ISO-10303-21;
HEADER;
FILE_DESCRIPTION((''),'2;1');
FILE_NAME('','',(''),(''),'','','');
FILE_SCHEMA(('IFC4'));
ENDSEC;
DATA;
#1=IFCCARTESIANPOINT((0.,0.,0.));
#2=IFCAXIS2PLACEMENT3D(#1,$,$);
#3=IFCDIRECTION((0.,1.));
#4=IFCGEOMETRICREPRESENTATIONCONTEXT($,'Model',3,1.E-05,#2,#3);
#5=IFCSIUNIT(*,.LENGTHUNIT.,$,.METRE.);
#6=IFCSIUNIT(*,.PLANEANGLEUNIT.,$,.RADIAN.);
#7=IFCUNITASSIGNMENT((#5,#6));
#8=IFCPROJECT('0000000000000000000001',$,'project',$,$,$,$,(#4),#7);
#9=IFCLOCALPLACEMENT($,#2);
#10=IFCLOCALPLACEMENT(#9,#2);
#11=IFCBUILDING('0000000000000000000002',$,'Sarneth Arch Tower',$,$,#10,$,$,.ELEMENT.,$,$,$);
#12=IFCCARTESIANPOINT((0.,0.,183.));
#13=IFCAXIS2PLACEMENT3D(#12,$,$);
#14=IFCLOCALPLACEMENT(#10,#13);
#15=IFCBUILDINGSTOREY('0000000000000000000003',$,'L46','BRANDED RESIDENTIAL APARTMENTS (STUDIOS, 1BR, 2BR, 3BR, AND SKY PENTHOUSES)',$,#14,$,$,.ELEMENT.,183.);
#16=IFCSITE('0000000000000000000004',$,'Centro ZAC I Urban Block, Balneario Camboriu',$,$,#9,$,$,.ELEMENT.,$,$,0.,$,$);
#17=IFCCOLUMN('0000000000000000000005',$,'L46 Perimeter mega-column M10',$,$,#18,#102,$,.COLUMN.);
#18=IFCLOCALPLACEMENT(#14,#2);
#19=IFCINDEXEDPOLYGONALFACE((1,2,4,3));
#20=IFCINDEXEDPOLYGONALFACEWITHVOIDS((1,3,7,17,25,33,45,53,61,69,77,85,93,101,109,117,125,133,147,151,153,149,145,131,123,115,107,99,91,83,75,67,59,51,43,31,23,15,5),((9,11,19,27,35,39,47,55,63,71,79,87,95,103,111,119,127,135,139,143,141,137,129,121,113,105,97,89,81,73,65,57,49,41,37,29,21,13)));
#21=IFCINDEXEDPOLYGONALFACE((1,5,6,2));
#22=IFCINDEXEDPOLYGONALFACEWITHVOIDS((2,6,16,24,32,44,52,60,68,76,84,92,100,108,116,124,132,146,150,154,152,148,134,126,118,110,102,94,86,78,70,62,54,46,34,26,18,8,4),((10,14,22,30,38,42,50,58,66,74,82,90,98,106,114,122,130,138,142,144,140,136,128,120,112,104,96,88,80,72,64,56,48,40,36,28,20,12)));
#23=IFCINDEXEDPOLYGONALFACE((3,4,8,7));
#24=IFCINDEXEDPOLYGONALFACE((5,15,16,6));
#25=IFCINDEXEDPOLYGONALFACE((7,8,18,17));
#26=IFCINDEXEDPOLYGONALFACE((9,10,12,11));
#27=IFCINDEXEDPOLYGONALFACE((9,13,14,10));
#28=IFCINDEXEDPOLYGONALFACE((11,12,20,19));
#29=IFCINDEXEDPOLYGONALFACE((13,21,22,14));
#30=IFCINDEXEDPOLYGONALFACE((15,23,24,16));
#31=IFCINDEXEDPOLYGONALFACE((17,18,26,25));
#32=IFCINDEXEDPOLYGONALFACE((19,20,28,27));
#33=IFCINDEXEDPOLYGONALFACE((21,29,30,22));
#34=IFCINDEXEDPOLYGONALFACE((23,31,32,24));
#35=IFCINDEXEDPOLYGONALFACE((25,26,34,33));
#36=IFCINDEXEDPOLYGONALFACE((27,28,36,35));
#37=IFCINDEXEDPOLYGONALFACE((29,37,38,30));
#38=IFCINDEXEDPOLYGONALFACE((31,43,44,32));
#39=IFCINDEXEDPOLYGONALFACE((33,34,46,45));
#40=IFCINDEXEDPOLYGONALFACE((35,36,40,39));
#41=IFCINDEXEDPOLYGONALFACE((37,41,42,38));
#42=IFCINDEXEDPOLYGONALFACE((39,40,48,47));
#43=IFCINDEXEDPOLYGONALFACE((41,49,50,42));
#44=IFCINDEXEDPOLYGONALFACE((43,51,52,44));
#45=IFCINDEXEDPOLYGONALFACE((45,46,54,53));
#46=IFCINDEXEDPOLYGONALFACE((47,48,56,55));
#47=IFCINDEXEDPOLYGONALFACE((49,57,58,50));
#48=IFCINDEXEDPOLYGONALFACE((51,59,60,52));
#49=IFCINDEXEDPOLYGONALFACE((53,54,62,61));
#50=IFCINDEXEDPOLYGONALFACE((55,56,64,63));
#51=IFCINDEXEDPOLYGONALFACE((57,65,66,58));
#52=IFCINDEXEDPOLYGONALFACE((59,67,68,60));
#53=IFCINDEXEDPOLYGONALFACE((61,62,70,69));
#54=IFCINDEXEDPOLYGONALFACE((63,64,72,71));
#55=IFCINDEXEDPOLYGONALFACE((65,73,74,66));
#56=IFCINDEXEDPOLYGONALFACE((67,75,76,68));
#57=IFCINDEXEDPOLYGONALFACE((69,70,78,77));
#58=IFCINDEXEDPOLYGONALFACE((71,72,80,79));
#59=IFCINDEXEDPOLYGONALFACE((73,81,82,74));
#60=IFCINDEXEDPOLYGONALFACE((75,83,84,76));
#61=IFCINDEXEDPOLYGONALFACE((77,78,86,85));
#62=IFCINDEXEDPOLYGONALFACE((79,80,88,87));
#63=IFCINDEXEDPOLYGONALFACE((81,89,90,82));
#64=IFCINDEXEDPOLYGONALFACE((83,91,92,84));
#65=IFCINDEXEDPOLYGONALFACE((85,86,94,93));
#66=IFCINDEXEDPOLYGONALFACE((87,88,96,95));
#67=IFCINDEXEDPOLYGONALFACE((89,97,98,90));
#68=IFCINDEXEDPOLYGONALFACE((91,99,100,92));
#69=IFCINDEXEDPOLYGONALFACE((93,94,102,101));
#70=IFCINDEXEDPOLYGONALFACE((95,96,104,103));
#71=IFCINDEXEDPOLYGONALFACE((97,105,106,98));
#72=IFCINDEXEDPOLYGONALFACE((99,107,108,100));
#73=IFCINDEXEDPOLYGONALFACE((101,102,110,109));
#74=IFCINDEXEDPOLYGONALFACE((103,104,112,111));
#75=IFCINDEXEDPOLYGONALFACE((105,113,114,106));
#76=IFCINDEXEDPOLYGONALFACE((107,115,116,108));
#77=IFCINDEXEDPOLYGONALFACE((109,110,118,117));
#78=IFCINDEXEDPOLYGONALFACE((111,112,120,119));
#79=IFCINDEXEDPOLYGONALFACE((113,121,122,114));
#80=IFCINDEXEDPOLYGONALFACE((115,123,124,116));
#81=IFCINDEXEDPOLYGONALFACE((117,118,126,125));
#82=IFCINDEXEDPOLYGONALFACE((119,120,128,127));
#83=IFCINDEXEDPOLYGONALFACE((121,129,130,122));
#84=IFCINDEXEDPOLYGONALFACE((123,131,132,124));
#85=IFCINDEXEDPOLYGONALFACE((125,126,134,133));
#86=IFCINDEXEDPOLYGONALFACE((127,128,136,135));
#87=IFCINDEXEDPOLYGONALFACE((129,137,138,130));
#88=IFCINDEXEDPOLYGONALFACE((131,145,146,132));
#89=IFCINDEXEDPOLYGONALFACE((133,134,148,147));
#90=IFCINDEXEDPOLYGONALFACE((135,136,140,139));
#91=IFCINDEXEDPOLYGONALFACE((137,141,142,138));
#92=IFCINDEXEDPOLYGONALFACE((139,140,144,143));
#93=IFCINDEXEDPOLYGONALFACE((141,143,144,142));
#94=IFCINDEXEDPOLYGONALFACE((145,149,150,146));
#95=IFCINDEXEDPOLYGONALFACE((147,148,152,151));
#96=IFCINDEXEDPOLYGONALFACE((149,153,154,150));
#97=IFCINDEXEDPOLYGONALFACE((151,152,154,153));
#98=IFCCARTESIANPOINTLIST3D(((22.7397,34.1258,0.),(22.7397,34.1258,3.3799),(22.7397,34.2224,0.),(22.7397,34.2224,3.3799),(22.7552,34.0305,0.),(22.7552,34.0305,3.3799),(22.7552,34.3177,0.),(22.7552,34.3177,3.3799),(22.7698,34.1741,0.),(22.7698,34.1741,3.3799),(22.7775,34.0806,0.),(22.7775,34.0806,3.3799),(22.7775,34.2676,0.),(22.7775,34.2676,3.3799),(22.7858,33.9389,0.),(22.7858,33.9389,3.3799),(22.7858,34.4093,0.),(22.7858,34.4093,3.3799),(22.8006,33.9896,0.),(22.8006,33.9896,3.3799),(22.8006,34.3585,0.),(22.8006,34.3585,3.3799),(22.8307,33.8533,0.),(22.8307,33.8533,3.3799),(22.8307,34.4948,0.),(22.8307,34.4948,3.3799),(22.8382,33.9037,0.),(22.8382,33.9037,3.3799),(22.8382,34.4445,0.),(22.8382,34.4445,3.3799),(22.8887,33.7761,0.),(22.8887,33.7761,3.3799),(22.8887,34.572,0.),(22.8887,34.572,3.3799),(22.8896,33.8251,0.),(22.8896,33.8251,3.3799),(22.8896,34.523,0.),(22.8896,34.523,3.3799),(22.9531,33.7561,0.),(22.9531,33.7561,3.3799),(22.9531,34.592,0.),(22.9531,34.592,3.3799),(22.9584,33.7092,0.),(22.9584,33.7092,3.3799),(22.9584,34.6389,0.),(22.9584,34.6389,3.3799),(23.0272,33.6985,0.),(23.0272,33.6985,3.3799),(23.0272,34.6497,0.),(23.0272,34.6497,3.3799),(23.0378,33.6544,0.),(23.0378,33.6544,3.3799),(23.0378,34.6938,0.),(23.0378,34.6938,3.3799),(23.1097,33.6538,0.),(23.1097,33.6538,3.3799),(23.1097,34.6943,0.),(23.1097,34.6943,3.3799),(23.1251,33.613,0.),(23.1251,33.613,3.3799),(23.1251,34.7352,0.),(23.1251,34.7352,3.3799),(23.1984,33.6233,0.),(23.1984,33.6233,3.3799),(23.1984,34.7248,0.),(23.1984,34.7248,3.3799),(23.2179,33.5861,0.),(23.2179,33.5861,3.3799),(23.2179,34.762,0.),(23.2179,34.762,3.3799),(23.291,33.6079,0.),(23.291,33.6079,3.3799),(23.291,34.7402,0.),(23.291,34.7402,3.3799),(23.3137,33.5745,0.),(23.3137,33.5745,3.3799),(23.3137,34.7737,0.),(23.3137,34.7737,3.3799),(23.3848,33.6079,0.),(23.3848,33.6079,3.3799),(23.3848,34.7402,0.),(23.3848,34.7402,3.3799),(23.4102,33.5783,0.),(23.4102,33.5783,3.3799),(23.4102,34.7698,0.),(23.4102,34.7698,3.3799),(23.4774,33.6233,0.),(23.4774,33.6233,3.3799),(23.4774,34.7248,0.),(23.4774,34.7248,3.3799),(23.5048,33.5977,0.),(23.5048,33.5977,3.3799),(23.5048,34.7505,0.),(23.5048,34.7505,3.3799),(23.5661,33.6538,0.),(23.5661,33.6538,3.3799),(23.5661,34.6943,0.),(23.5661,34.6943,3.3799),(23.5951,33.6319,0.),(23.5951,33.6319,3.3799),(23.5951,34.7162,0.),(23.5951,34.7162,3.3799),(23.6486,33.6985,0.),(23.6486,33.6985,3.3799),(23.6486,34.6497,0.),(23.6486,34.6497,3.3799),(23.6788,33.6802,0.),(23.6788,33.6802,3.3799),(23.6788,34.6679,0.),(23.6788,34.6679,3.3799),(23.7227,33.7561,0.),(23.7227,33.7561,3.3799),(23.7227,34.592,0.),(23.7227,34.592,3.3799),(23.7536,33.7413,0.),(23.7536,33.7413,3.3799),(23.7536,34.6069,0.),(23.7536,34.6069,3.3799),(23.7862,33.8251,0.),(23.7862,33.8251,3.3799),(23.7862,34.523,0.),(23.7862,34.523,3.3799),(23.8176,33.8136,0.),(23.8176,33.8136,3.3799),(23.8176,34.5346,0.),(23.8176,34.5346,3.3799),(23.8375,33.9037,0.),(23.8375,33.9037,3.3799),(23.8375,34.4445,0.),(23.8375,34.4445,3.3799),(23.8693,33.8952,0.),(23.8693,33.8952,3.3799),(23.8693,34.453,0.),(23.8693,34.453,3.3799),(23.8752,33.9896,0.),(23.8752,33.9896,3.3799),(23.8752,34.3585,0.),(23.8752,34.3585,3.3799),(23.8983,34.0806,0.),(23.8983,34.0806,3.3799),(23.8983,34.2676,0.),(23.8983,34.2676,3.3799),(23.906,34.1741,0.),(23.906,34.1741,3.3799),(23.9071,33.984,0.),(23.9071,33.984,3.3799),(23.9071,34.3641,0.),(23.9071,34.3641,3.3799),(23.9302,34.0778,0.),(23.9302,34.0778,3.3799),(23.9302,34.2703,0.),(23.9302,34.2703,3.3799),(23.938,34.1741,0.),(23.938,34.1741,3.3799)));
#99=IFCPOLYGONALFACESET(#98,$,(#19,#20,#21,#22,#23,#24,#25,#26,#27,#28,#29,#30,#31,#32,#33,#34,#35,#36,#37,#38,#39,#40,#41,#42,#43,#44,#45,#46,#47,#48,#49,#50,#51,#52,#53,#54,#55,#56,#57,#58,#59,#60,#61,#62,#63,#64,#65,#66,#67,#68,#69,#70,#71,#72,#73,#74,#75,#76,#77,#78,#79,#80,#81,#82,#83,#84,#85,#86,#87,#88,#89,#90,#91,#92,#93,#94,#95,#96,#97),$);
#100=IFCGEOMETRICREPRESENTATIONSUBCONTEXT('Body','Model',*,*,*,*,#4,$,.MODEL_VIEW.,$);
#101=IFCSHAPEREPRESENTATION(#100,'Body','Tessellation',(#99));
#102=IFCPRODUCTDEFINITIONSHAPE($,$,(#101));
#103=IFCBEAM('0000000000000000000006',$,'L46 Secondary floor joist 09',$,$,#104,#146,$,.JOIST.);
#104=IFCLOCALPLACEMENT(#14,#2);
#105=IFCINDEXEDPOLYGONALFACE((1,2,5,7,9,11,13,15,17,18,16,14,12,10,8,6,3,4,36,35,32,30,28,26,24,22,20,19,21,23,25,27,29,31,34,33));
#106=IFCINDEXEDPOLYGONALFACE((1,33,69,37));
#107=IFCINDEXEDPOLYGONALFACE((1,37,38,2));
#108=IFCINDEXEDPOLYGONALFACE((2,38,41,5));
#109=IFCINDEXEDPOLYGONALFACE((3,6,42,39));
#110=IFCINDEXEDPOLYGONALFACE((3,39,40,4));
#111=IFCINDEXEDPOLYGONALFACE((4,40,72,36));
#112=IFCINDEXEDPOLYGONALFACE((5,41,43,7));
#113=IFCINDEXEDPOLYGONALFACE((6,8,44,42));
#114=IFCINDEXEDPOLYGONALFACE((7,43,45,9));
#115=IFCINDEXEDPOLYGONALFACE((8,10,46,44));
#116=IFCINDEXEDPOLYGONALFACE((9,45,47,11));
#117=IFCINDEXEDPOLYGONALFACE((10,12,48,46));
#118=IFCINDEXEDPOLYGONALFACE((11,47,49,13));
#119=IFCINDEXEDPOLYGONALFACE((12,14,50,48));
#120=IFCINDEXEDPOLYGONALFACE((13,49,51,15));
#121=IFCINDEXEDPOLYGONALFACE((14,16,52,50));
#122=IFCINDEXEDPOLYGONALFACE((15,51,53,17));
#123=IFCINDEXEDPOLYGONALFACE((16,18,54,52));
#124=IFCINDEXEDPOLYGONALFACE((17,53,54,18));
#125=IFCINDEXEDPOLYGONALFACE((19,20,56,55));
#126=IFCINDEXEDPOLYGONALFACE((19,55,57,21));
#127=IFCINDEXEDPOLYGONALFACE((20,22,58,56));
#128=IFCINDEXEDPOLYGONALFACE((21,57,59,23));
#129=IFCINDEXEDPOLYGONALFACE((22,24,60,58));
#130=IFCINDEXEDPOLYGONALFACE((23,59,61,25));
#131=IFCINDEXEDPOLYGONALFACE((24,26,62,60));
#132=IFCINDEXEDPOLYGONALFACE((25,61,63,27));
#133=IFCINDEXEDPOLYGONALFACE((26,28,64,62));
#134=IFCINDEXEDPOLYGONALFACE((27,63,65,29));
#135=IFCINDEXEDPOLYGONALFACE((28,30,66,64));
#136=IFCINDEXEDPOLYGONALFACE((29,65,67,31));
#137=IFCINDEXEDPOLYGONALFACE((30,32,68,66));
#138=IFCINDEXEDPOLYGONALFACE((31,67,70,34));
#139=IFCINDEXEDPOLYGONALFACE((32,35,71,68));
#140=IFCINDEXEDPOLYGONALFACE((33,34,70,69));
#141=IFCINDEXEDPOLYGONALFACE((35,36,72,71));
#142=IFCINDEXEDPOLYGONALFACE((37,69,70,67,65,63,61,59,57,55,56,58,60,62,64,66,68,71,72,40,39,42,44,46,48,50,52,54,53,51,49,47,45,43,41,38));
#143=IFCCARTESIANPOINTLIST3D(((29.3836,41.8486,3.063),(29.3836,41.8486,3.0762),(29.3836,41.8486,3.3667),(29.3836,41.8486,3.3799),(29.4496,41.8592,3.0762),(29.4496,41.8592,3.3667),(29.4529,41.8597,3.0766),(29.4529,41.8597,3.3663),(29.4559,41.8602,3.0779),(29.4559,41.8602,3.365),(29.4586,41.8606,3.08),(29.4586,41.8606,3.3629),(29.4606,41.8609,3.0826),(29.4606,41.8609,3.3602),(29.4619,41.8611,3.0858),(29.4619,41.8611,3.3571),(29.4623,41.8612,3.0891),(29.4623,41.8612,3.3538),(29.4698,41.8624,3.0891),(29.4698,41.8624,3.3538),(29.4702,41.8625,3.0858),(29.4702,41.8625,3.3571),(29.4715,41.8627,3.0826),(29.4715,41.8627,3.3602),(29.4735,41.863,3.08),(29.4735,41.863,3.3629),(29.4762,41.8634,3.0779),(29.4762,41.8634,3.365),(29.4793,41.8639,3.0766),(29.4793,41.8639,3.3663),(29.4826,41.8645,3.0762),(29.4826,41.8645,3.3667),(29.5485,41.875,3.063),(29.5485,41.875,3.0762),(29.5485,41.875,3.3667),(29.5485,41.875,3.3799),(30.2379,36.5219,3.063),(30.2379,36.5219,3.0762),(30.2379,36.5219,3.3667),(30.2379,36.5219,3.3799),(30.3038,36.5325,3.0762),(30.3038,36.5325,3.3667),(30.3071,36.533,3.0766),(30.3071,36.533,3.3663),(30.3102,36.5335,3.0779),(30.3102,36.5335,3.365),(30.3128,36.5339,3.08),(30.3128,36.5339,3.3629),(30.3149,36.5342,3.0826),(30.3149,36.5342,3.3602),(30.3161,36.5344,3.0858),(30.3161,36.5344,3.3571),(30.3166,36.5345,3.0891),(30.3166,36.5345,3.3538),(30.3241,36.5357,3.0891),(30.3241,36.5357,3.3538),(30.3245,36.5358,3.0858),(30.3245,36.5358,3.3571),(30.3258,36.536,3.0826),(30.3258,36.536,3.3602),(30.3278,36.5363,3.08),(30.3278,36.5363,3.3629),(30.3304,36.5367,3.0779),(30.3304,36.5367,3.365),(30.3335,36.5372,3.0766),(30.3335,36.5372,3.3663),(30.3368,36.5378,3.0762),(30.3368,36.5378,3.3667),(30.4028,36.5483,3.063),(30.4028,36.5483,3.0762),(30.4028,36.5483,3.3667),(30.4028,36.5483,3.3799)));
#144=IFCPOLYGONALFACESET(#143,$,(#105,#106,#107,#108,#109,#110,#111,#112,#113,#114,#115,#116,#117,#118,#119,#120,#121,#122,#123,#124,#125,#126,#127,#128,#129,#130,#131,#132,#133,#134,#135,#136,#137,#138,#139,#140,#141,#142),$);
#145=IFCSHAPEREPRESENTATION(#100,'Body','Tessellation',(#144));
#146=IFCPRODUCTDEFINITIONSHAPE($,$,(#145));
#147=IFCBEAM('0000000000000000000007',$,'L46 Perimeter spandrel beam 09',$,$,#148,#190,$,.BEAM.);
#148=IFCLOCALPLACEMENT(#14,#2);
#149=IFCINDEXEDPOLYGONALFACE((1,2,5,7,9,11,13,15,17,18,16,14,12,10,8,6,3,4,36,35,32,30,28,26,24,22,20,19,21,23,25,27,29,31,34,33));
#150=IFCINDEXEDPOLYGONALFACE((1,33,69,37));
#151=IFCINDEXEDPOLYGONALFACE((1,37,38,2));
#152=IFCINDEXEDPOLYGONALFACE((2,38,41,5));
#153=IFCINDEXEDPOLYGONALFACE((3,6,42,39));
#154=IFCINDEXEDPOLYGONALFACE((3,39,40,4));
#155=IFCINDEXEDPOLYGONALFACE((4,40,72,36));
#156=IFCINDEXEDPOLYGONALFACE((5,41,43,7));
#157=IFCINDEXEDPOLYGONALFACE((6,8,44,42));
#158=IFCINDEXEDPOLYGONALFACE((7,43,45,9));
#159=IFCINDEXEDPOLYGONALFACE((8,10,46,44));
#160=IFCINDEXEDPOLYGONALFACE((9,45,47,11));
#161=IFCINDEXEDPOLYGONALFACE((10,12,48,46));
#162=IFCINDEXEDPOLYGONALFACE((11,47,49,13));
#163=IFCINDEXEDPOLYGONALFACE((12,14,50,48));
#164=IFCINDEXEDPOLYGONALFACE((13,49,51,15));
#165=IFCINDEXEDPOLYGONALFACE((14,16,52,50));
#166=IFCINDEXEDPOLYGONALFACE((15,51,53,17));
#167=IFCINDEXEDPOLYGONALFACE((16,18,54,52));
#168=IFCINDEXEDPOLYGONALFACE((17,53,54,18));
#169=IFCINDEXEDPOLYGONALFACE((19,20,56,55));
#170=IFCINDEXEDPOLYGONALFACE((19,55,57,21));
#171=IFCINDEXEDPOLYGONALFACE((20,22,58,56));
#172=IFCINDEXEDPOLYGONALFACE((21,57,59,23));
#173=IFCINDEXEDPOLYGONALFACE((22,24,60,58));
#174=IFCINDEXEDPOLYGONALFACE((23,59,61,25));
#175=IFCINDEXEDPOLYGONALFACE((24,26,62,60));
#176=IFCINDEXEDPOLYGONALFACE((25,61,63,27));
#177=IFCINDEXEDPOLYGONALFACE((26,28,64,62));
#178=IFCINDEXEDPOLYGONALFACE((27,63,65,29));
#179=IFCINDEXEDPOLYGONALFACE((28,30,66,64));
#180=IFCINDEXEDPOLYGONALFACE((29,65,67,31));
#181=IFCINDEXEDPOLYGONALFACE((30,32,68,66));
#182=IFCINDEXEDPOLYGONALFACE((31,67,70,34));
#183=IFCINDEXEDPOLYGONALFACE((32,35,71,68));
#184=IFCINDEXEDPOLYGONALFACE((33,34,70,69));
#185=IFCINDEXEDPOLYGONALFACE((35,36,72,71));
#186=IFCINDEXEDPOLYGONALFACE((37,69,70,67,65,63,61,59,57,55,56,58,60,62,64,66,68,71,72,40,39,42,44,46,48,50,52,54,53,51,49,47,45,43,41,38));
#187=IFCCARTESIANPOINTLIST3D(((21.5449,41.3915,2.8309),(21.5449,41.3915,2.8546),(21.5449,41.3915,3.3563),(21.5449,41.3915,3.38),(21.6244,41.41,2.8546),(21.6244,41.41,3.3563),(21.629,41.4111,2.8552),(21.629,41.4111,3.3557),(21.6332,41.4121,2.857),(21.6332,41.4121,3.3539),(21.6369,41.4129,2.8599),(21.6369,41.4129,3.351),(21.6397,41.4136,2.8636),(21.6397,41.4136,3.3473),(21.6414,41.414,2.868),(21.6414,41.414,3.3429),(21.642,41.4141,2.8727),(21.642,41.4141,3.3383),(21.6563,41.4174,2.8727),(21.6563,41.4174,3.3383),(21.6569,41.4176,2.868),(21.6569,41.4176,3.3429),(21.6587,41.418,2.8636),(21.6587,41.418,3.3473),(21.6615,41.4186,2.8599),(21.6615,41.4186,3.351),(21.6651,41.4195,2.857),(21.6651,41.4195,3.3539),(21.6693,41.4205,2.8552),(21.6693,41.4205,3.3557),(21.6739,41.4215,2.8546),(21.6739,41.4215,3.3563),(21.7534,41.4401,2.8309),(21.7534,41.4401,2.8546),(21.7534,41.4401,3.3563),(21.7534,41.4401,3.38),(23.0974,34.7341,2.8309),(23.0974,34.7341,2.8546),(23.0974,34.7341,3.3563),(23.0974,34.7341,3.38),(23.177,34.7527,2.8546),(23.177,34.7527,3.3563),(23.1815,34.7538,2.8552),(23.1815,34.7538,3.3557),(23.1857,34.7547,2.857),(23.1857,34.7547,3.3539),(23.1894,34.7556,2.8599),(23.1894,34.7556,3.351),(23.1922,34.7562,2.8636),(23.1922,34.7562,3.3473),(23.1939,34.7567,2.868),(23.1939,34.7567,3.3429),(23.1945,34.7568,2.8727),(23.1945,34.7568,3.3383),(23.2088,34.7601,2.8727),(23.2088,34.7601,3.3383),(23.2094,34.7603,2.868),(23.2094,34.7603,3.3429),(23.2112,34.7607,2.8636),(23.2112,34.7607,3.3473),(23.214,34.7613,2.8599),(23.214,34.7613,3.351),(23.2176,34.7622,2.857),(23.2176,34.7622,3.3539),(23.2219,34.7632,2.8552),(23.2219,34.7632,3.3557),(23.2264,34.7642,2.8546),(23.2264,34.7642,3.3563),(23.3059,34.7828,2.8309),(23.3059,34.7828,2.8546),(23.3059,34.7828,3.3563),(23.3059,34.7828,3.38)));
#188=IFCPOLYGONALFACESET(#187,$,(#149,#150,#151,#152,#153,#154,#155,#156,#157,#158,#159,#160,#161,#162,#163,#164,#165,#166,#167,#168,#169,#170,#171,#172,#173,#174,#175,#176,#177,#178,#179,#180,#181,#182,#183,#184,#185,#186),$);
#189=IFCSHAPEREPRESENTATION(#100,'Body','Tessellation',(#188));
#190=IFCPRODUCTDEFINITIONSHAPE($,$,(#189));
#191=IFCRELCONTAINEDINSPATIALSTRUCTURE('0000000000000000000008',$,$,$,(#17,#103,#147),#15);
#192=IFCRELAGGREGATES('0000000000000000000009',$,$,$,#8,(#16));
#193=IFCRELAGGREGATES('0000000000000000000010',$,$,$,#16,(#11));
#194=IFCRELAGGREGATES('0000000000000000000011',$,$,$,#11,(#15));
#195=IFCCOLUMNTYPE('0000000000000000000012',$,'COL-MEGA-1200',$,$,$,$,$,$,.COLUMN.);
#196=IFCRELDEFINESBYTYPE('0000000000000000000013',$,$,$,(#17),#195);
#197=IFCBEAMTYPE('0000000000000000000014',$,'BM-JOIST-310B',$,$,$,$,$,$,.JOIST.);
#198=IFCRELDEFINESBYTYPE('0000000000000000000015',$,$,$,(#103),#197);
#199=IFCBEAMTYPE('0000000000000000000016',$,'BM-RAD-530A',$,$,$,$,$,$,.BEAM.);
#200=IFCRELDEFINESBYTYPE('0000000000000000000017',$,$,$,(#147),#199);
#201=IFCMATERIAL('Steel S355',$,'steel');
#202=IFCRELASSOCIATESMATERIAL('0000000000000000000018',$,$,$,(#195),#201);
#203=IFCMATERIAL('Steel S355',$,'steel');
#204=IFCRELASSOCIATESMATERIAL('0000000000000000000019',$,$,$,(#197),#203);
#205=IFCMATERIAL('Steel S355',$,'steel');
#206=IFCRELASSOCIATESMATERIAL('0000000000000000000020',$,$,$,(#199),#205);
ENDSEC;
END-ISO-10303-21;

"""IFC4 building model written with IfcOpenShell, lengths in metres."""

from ifc_helpers import new_model, si_unit, direction, frame, origin, origin_2d, place, context, subcontext, project, spatial, hollow_circle, i_section, extrude, material, material_profile, profile_set, type_object, element, save


model = new_model("IFC4")

# Units and contexts
model_context = context("Model", 3, precision=1e-05, world=origin(), true_north=direction((0.0, 1.0)))
body_context = subcontext(model_context, "Body", "Model", "MODEL_VIEW")
ifc_project = project(units=[si_unit("LENGTHUNIT", "METRE"), si_unit("PLANEANGLEUNIT", "RADIAN")], contexts=[model_context])

# Site, building, storey
site_placement = place(None, origin())
site = spatial("IfcSite", under=ifc_project, at=site_placement, Name="Centro ZAC I Urban Block, Balneario Camboriu", CompositionType="ELEMENT", RefElevation=0.0)
building_placement = place(site_placement, origin())
building = spatial("IfcBuilding", under=site, at=building_placement, Name="Sarneth Arch Tower", CompositionType="ELEMENT")
storey_placement = place(building_placement, frame((0.0, 0.0, 183.0)))
storey = spatial("IfcBuildingStorey", under=building, at=storey_placement, Name="L46", Description="BRANDED RESIDENTIAL APARTMENTS (STUDIOS, 1BR, 2BR, 3BR, AND SKY PENTHOUSES)", CompositionType="ELEMENT", Elevation=183.0)

# Column
ifc_material_1 = material(Name="Steel S355", Category="steel")
ifc_material_profile_1 = material_profile(ifc_material_1, hollow_circle(Radius=0.6001, WallThickness=0.032, at=origin_2d()), Name="CHS1200x32")
ifc_profile_set_1 = profile_set([ifc_material_profile_1], Name="Steel S355")
column_type = type_object("IfcColumnType", Name="COL-MEGA-1200", PredefinedType="COLUMN", material=ifc_profile_set_1)
column_placement = place(storey_placement, frame((23.3379, 34.1741, 0.0), z_axis=(0.0, 0.0, 1.0), x_axis=(1.0, 0.0, 0.0)))
element("IfcColumn", 1, at=column_placement, inside=storey, type_object=column_type, Name="L46 Perimeter mega-column M10", PredefinedType="COLUMN", context=body_context, shape_type="SweptSolid", body=[
    extrude(hollow_circle(Radius=0.6001, WallThickness=0.032, at=origin_2d()), origin(), (0.0, 0.0, 1.0), 3.3799),
])

# Beams
ifc_material_2 = material(Name="Steel S355", Category="steel")
ifc_material_profile_2 = material_profile(ifc_material_2, i_section(OverallWidth=0.167, OverallDepth=0.3169, WebThickness=0.0076, FlangeThickness=0.0132, FilletRadius=0.0129, at=origin_2d()), Name="W310x52")
ifc_profile_set_2 = profile_set([ifc_material_profile_2], Name="Steel S355")
beam_type_1 = type_object("IfcBeamType", Name="BM-JOIST-310B", PredefinedType="JOIST", material=ifc_profile_set_2)
beam_1_placement = place(storey_placement, frame((29.4661, 41.8618, 3.2214), z_axis=(0.158349, -0.987383, 0.0), x_axis=(0.987383, 0.158349, 0.0)))
element("IfcBeam", 2, at=beam_1_placement, inside=storey, type_object=beam_type_1, Name="L46 Secondary floor joist 09", PredefinedType="JOIST", context=body_context, shape_type="SweptSolid", body=[
    extrude(i_section(OverallWidth=0.167, OverallDepth=0.3169, WebThickness=0.0076, FlangeThickness=0.0132, FilletRadius=0.0129, at=origin_2d()), origin(), (0.0, 0.0, 1.0), 5.3948),
])
ifc_material_3 = material(Name="Steel S355", Category="steel")
ifc_material_profile_3 = material_profile(ifc_material_3, i_section(OverallWidth=0.2141, OverallDepth=0.5491, WebThickness=0.0146, FlangeThickness=0.0237, FilletRadius=0.0181, at=origin_2d()), Name="W530x138")
ifc_profile_set_3 = profile_set([ifc_material_profile_3], Name="Steel S355")
beam_type_2 = type_object("IfcBeamType", Name="BM-RAD-530A", PredefinedType="BEAM", material=ifc_profile_set_3)
beam_2_placement = place(storey_placement, frame((21.6492, 41.4158, 3.1055), z_axis=(0.22711, -0.973869, 0.0), x_axis=(0.973869, 0.22711, 0.0)))
element("IfcBeam", 3, at=beam_2_placement, inside=storey, type_object=beam_type_2, Name="L46 Perimeter spandrel beam 09", PredefinedType="BEAM", context=body_context, shape_type="SweptSolid", body=[
    extrude(i_section(OverallWidth=0.2141, OverallDepth=0.5491, WebThickness=0.0146, FlangeThickness=0.0237, FilletRadius=0.0181, at=origin_2d()), origin(), (0.0, 0.0, 1.0), 6.8359),
])

save(model, "model.ifc")
